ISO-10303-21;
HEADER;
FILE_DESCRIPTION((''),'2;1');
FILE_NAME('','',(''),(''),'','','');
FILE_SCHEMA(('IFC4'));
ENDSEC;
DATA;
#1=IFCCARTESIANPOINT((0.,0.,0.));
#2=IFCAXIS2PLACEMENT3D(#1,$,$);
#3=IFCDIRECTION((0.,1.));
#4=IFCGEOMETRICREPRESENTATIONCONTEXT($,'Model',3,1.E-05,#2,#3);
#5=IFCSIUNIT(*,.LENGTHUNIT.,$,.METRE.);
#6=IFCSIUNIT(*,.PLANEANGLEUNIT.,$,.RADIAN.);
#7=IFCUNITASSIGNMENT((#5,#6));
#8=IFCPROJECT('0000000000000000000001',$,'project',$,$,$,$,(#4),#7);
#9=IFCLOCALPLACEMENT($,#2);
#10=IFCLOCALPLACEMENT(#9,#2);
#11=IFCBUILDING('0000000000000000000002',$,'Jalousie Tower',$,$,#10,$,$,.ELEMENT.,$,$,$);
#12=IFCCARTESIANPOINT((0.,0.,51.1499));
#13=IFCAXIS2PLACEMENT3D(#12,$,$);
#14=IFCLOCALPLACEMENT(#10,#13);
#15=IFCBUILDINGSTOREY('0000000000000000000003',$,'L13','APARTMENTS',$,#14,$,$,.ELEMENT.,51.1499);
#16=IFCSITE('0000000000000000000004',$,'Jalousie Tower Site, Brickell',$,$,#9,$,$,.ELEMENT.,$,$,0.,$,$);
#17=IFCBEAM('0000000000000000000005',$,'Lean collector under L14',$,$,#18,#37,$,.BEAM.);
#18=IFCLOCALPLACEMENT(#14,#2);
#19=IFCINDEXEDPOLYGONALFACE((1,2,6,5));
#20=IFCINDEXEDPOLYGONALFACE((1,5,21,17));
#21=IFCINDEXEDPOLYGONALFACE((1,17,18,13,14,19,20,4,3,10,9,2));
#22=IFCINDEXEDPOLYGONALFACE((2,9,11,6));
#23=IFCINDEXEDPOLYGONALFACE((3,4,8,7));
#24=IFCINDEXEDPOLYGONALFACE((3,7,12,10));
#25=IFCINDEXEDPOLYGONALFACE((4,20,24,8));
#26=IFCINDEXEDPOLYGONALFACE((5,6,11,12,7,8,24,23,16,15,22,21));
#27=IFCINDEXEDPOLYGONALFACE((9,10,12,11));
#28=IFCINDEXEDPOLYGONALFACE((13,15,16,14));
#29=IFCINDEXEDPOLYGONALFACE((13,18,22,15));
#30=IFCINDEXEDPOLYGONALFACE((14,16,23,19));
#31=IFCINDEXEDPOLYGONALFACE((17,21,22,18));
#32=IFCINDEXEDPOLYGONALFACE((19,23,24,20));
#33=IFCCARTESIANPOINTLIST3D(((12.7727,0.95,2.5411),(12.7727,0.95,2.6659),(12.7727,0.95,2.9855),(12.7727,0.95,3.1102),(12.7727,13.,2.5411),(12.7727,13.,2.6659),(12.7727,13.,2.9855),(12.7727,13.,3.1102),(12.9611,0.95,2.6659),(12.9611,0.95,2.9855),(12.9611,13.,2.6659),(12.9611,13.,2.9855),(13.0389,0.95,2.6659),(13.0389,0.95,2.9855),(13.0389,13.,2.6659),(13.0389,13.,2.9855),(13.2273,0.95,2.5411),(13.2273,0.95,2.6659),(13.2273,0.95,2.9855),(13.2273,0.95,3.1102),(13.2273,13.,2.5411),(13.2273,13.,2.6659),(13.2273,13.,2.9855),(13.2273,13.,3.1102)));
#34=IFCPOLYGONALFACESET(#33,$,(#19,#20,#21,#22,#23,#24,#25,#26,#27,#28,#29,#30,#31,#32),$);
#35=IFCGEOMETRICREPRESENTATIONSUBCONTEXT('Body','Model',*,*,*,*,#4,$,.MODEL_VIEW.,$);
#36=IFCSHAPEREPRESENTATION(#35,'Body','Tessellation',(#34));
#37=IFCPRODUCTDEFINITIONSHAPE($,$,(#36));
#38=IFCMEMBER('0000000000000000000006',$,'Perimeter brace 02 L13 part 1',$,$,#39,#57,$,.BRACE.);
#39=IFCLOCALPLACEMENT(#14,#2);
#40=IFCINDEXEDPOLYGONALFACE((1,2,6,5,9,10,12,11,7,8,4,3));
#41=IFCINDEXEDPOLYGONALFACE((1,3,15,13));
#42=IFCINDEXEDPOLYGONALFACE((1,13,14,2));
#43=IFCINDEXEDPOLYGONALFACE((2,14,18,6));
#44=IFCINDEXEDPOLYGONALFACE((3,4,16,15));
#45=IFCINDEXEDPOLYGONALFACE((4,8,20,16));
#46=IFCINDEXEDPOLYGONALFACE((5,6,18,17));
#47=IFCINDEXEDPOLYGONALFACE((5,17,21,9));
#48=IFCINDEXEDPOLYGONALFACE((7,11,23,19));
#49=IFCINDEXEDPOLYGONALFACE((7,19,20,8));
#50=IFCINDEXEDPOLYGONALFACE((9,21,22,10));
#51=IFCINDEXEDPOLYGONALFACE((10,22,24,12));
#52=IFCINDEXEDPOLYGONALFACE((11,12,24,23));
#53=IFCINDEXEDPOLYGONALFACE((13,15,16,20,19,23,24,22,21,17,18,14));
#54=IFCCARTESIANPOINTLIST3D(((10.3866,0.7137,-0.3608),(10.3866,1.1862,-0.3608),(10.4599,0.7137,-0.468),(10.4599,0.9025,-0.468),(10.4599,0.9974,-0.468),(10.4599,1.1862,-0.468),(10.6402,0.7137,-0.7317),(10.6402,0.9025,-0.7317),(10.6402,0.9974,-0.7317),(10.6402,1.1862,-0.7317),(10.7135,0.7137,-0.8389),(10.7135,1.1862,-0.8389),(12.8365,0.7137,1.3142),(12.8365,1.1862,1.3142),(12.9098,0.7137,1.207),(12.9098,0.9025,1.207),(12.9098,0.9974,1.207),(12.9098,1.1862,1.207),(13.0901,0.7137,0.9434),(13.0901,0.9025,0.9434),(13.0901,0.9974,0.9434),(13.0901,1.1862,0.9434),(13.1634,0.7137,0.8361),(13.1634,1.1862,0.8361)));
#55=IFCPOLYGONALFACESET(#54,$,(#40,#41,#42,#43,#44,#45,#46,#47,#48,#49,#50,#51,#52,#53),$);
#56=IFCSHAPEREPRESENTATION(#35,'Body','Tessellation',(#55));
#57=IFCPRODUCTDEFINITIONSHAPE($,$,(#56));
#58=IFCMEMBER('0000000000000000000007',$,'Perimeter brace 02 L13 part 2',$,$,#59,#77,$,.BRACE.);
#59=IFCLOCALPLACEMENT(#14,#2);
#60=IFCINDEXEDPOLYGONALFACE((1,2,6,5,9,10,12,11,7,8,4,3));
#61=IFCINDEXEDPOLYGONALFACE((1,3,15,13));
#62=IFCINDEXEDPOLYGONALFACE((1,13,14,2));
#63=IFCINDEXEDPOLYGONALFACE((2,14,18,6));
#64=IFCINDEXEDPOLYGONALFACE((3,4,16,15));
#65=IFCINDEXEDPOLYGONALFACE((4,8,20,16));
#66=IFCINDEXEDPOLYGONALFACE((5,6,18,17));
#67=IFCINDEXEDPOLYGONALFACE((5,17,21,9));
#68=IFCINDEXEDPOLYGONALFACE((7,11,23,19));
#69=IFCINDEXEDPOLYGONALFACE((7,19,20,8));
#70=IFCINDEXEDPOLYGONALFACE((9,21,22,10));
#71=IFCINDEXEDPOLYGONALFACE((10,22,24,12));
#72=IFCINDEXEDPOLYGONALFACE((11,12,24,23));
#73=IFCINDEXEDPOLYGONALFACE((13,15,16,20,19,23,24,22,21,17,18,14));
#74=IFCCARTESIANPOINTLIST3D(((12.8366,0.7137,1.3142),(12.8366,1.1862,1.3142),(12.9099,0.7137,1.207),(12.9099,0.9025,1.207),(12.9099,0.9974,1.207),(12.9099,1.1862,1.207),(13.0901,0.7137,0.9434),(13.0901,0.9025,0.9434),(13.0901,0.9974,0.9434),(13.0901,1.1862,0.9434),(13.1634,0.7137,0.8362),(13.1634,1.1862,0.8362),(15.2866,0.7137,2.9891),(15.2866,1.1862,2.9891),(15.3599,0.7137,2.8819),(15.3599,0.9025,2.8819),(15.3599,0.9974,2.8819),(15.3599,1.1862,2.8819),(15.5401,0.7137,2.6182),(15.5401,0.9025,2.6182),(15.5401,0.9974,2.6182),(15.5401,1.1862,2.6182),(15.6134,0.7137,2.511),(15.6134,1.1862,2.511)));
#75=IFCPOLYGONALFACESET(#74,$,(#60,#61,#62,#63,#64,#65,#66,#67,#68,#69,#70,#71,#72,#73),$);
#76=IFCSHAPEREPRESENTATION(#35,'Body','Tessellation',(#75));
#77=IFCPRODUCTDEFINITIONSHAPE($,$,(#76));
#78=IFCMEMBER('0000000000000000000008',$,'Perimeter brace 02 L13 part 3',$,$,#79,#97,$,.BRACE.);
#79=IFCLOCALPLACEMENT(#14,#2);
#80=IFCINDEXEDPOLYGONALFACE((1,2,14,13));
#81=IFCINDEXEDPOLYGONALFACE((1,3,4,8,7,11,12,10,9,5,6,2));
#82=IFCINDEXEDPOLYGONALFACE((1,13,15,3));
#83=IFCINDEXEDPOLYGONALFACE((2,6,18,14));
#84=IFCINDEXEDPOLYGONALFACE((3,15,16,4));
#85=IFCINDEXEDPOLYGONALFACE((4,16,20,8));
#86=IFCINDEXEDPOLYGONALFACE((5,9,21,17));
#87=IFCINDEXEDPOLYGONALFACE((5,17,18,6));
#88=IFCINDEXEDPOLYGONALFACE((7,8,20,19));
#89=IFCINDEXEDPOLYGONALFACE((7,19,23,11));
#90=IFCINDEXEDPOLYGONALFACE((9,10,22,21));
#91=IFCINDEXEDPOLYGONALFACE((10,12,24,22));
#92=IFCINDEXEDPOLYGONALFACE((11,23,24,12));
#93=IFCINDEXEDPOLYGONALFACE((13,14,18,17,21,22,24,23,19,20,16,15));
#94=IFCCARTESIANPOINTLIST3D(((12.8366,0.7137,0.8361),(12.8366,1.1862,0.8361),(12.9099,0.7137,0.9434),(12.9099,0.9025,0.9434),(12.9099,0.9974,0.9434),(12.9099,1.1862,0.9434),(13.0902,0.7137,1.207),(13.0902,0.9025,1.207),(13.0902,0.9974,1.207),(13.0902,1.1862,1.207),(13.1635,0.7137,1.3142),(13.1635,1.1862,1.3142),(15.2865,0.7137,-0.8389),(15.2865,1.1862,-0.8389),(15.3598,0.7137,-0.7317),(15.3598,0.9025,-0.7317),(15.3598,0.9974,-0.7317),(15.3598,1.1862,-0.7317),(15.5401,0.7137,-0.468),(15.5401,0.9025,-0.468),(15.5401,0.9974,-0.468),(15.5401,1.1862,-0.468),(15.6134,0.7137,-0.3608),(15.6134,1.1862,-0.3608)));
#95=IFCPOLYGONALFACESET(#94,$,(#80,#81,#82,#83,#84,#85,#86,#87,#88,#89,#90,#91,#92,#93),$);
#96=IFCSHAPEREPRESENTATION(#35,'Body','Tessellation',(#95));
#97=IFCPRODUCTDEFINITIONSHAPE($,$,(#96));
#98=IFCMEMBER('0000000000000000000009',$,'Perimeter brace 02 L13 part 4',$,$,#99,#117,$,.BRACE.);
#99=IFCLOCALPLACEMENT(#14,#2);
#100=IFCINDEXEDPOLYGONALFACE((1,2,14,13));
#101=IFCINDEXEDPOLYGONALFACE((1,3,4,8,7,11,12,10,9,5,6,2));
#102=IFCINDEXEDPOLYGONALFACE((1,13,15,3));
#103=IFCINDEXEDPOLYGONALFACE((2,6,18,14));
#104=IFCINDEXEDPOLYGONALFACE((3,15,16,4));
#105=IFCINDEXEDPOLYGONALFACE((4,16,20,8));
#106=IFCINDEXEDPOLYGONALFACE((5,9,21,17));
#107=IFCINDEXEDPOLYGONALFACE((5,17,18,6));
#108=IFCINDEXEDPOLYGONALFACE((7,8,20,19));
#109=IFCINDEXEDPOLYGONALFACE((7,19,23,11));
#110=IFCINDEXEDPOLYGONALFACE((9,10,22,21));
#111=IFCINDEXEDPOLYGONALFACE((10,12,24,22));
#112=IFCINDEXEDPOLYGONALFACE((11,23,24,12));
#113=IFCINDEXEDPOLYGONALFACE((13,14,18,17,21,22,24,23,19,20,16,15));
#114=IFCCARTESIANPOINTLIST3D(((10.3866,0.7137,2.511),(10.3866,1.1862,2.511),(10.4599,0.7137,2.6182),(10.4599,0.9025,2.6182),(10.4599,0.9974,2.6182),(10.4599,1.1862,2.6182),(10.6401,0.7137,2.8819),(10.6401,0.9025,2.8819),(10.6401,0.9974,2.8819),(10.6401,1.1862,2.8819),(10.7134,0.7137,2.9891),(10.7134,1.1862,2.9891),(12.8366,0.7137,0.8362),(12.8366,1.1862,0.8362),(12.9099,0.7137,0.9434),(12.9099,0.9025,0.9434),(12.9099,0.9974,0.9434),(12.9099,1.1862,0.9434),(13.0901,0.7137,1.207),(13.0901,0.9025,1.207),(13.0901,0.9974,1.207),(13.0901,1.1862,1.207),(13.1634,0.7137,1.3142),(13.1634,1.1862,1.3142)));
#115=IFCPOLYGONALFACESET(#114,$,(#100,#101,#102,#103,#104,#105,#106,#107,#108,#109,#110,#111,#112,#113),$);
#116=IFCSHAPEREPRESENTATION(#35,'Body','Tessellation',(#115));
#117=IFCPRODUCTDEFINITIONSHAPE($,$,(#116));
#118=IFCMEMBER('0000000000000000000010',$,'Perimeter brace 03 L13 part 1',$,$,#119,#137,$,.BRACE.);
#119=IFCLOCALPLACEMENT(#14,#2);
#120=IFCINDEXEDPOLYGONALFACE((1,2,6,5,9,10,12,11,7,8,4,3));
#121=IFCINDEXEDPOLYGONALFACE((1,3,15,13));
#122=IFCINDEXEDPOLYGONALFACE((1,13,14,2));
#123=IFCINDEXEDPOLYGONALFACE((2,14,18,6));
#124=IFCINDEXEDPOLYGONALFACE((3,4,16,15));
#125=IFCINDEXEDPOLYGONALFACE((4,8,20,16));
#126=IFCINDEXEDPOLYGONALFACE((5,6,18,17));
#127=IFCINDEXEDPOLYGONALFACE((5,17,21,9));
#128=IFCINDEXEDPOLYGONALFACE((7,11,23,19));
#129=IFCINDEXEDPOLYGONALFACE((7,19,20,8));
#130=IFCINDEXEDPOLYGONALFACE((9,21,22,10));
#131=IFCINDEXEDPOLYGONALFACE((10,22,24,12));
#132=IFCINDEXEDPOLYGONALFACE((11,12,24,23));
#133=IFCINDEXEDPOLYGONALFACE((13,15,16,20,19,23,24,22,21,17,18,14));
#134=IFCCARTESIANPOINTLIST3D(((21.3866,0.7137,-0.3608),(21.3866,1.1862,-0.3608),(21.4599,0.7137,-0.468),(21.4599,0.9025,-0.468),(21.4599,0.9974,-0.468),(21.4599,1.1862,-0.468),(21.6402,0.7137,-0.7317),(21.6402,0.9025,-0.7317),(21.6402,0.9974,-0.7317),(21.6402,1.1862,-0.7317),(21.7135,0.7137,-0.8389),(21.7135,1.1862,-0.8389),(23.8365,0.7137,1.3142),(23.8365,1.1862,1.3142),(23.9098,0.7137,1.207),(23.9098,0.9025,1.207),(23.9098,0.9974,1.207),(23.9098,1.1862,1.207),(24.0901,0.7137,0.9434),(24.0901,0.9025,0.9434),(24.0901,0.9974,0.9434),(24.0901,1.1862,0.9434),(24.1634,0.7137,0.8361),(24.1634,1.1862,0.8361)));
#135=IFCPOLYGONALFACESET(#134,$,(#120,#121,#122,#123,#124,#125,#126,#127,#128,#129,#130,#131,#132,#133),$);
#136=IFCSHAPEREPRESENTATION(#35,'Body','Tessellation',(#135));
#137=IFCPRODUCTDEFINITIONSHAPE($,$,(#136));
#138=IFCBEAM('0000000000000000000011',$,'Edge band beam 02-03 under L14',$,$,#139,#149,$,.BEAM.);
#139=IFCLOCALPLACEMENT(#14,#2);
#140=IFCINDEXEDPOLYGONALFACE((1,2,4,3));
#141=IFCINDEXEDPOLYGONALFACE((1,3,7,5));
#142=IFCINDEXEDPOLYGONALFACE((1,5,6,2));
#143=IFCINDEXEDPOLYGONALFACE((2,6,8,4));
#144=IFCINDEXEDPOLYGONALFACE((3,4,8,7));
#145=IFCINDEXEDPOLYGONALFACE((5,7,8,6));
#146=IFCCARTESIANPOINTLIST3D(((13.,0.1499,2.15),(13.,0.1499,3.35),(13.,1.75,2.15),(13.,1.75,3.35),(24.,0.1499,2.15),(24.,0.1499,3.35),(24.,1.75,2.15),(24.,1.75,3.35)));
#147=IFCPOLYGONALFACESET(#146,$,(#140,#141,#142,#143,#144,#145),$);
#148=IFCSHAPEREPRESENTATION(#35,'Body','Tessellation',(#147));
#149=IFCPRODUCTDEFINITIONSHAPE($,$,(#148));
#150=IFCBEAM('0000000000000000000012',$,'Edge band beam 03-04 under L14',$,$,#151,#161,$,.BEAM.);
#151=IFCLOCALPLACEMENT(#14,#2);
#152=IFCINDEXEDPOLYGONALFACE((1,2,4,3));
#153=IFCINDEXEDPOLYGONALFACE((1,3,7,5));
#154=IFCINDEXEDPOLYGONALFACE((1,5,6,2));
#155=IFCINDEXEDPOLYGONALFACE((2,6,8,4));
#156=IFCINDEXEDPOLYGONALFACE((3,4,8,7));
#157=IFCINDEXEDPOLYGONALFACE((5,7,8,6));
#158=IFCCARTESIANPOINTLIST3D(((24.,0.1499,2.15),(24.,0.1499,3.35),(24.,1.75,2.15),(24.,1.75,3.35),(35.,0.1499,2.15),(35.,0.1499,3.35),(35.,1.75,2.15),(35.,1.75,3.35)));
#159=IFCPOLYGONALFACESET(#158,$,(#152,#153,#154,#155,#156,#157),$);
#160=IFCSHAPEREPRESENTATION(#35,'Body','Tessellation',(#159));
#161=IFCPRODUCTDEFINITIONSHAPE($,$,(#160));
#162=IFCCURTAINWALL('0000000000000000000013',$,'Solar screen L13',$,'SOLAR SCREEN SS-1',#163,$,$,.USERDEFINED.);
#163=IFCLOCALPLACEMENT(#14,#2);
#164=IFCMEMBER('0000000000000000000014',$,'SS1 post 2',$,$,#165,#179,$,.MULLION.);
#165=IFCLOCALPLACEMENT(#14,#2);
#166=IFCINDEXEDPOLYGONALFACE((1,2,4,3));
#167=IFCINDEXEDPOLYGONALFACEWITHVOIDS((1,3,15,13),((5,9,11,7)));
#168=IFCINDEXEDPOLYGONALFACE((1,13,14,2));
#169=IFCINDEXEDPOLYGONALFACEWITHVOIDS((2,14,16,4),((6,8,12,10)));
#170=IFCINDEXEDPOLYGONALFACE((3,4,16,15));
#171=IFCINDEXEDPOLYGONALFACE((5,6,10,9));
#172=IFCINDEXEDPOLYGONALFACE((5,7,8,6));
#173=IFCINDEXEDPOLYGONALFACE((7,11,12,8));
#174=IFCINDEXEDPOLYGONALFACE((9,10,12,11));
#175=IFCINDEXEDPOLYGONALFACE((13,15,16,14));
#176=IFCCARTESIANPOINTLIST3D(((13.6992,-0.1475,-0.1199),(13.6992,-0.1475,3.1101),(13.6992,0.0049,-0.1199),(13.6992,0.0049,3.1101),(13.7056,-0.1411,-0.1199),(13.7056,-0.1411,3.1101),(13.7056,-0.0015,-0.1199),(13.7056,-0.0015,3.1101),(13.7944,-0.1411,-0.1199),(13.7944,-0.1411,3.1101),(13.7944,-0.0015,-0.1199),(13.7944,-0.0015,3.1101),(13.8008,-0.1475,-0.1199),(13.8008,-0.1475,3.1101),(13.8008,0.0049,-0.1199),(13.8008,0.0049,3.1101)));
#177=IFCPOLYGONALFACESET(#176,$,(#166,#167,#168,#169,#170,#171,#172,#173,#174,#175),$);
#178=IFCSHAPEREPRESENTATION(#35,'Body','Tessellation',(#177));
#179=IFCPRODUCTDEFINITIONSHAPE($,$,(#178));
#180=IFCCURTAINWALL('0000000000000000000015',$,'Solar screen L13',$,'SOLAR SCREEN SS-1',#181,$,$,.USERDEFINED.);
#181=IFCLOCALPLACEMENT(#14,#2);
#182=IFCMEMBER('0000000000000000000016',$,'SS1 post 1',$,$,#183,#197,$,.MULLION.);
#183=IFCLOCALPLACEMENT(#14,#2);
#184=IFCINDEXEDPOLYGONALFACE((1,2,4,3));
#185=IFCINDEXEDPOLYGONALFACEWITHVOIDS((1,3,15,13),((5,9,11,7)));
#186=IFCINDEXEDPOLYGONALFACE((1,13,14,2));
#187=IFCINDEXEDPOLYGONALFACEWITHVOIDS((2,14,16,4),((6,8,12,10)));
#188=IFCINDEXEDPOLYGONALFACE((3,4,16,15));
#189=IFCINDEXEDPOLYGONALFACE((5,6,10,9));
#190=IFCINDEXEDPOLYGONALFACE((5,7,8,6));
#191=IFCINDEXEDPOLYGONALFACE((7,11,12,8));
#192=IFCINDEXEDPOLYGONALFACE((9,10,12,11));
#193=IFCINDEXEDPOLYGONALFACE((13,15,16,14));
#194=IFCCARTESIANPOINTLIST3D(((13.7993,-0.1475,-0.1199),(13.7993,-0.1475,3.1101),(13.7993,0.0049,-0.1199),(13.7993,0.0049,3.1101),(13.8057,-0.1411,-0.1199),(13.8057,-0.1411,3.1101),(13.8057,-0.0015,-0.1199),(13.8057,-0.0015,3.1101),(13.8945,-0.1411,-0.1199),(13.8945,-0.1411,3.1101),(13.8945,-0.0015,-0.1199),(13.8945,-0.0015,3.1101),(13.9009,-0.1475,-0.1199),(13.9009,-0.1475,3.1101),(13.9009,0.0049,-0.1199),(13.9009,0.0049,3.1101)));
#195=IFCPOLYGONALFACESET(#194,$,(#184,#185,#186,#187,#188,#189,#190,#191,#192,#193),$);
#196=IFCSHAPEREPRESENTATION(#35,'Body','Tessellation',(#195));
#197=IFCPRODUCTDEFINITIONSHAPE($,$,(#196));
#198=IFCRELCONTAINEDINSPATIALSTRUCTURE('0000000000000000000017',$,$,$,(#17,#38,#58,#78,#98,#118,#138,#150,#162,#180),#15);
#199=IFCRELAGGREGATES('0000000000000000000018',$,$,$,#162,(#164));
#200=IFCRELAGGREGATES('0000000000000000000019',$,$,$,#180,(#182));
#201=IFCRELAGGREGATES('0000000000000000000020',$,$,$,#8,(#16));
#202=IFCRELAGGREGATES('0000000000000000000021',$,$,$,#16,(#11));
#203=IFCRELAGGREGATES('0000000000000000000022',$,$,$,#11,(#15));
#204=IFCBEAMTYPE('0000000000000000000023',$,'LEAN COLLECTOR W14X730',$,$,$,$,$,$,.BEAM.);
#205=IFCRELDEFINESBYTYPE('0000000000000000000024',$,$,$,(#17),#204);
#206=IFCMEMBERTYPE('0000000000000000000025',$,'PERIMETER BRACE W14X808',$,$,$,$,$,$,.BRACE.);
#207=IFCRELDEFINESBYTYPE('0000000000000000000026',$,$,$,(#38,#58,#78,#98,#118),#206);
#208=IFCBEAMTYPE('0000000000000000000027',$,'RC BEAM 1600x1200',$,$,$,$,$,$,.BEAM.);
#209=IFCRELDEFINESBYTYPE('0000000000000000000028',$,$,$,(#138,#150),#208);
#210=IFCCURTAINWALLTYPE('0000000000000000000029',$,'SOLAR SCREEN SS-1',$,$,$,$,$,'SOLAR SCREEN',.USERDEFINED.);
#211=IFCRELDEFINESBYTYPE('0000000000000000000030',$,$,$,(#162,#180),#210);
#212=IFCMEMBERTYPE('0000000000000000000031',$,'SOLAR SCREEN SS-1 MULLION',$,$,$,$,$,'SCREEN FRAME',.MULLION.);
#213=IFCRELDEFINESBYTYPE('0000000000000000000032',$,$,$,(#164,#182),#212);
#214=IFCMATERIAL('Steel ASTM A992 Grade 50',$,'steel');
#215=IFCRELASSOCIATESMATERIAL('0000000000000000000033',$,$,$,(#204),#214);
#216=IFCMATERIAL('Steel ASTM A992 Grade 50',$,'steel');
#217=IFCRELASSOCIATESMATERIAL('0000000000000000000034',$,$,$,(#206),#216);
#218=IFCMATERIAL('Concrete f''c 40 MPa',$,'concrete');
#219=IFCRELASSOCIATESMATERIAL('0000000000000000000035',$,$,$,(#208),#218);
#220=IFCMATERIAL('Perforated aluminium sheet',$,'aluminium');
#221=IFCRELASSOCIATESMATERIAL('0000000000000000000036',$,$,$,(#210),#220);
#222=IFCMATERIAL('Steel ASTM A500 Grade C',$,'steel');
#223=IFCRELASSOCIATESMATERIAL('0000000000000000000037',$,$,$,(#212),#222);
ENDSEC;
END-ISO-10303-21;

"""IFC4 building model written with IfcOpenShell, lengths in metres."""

from ifc_helpers import new_model, si_unit, direction, frame, origin, origin_2d, place, context, subcontext, project, spatial, rectangle, hollow_rectangle, i_section, extrude, material, material_profile, profile_set, type_object, element, aggregate, save


model = new_model("IFC4")

# Units and contexts
model_context = context("Model", 3, precision=1e-05, world=origin(), true_north=direction((0.0, 1.0)))
body_context = subcontext(model_context, "Body", "Model", "MODEL_VIEW")
ifc_project = project(units=[si_unit("LENGTHUNIT", "METRE"), si_unit("PLANEANGLEUNIT", "RADIAN")], contexts=[model_context])

# Site, building, storey
site_placement = place(None, origin())
site = spatial("IfcSite", under=ifc_project, at=site_placement, Name="Jalousie Tower Site, Brickell", CompositionType="ELEMENT", RefElevation=0.0)
building_placement = place(site_placement, origin())
building = spatial("IfcBuilding", under=site, at=building_placement, Name="Jalousie Tower", CompositionType="ELEMENT")
storey_placement = place(building_placement, frame((0.0, 0.0, 51.1499)))
storey = spatial("IfcBuildingStorey", under=building, at=storey_placement, Name="L13", Description="APARTMENTS", CompositionType="ELEMENT", Elevation=51.1499)

# Beam
ifc_material_1 = material(Name="Steel ASTM A992 Grade 50", Category="steel")
ifc_material_profile_1 = material_profile(ifc_material_1, i_section(OverallWidth=0.4546, OverallDepth=0.5691, WebThickness=0.0779, FlangeThickness=0.1248, at=origin_2d()), Name="W14X730")
ifc_profile_set_1 = profile_set([ifc_material_profile_1], Name="Steel ASTM A992 Grade 50")
beam_type_1 = type_object("IfcBeamType", Name="LEAN COLLECTOR W14X730", PredefinedType="BEAM", material=ifc_profile_set_1)
beam_placement = place(storey_placement, frame((13.0, 0.95, 2.8257), z_axis=(0.0, 1.0, 0.0), x_axis=(-1.0, 0.0, 0.0)))
element("IfcBeam", 1, at=beam_placement, inside=storey, type_object=beam_type_1, Name="Lean collector under L14", PredefinedType="BEAM", context=body_context, shape_type="SweptSolid", body=[
    extrude(i_section(OverallWidth=0.4546, OverallDepth=0.5691, WebThickness=0.0779, FlangeThickness=0.1248, at=origin_2d()), origin(), (0.0, 0.0, 1.0), 12.05),
])

# Members
ifc_material_2 = material(Name="Steel ASTM A992 Grade 50", Category="steel")
ifc_material_profile_2 = material_profile(ifc_material_2, i_section(OverallWidth=0.4724, OverallDepth=0.5791, WebThickness=0.095, FlangeThickness=0.1299, at=origin_2d()), Name="W14X808")
ifc_profile_set_2 = profile_set([ifc_material_profile_2], Name="Steel ASTM A992 Grade 50")
member_type_1 = type_object("IfcMemberType", Name="PERIMETER BRACE W14X808", PredefinedType="BRACE", material=ifc_profile_set_2)
for number, where, z_axis, x_axis, name in (
    (2, (10.55, 0.95, -0.5999), (0.825501, 0.0, 0.564401), (0.0, 1.0, 0.0), "Perimeter brace 02 L13 part 1"),
    (3, (13.0, 0.95, 1.0752), (0.825539, 0.0, 0.564345), (0.0, 1.0, 0.0), "Perimeter brace 02 L13 part 2"),
    (4, (15.45, 0.95, -0.5999), (-0.825501, 0.0, 0.564401), (0.0, -1.0, 0.0), "Perimeter brace 02 L13 part 3"),
    (5, (13.0, 0.95, 1.0752), (-0.825539, 0.0, 0.564345), (0.0, -1.0, 0.0), "Perimeter brace 02 L13 part 4"),
    (6, (21.55, 0.95, -0.5999), (0.825501, 0.0, 0.564401), (0.0, 1.0, 0.0), "Perimeter brace 03 L13 part 1"),
):
    element("IfcMember", number, at=place(storey_placement, frame(where, z_axis=z_axis, x_axis=x_axis)), inside=storey, type_object=member_type_1, Name=name, PredefinedType="BRACE", context=body_context, shape_type="SweptSolid", body=[
        extrude(i_section(OverallWidth=0.4724, OverallDepth=0.5791, WebThickness=0.095, FlangeThickness=0.1299, at=origin_2d()), origin(), (0.0, 0.0, 1.0), 2.9678),
    ])

# Beams
ifc_material_3 = material(Name="Concrete f'c 40 MPa", Category="concrete")
ifc_material_profile_3 = material_profile(ifc_material_3, rectangle(XDim=1.6001, YDim=1.2, at=origin_2d()), Name="RC 1600x1200")
ifc_profile_set_3 = profile_set([ifc_material_profile_3], Name="Concrete f'c 40 MPa")
beam_type_2 = type_object("IfcBeamType", Name="RC BEAM 1600x1200", PredefinedType="BEAM", material=ifc_profile_set_3)
for number, where, z_axis, x_axis, name in (
    (7, (13.0, 0.95, 2.75), (1.0, 0.0, 0.0), (0.0, 1.0, 0.0), "Edge band beam 02-03 under L14"),
    (8, (24.0, 0.95, 2.75), (1.0, 0.0, 0.0), (0.0, 1.0, 0.0), "Edge band beam 03-04 under L14"),
):
    element("IfcBeam", number, at=place(storey_placement, frame(where, z_axis=z_axis, x_axis=x_axis)), inside=storey, type_object=beam_type_2, Name=name, PredefinedType="BEAM", context=body_context, shape_type="SweptSolid", body=[
        extrude(rectangle(XDim=1.6001, YDim=1.2, at=origin_2d()), origin(), (0.0, 0.0, 1.0), 11.0),
    ])

# Curtain wall, member
ifc_material_4 = material(Name="Perforated aluminium sheet", Category="aluminium")
curtain_wall_type = type_object("IfcCurtainWallType", Name="SOLAR SCREEN SS-1", ElementType="SOLAR SCREEN", PredefinedType="USERDEFINED", material=ifc_material_4)
curtain_wall_1_placement = place(storey_placement, origin())
curtain_wall_1 = element("IfcCurtainWall", 9, at=curtain_wall_1_placement, inside=storey, type_object=curtain_wall_type, Name="Solar screen L13", ObjectType="SOLAR SCREEN SS-1", PredefinedType="USERDEFINED")
ifc_material_5 = material(Name="Steel ASTM A500 Grade C", Category="steel")
ifc_material_profile_4 = material_profile(ifc_material_5, hollow_rectangle(XDim=0.1016, YDim=0.1523, WallThickness=0.0063, at=origin_2d()), Name="HSS6X4X1/4")
ifc_profile_set_4 = profile_set([ifc_material_profile_4], Name="Steel ASTM A500 Grade C")
member_type_2 = type_object("IfcMemberType", Name="SOLAR SCREEN SS-1 MULLION", ElementType="SCREEN FRAME", PredefinedType="MULLION", material=ifc_profile_set_4)
member_1_placement = place(storey_placement, frame((13.75, -0.0713, -0.1199), z_axis=(0.0, 0.0, 1.0), x_axis=(1.0, 0.0, 0.0)))
member_1 = element("IfcMember", 10, at=member_1_placement, type_object=member_type_2, Name="SS1 post 2", PredefinedType="MULLION", context=body_context, shape_type="SweptSolid", body=[
    extrude(hollow_rectangle(XDim=0.1016, YDim=0.1523, WallThickness=0.0063, at=origin_2d()), origin(), (0.0, 0.0, 1.0), 3.23),
])
aggregate(curtain_wall_1, [member_1])

# Curtain wall, member
curtain_wall_2_placement = place(storey_placement, origin())
curtain_wall_2 = element("IfcCurtainWall", 11, at=curtain_wall_2_placement, inside=storey, type_object=curtain_wall_type, Name="Solar screen L13", ObjectType="SOLAR SCREEN SS-1", PredefinedType="USERDEFINED")
member_2_placement = place(storey_placement, frame((13.8501, -0.0713, -0.1199), z_axis=(0.0, 0.0, 1.0), x_axis=(1.0, 0.0, 0.0)))
member_2 = element("IfcMember", 12, at=member_2_placement, type_object=member_type_2, Name="SS1 post 1", PredefinedType="MULLION", context=body_context, shape_type="SweptSolid", body=[
    extrude(hollow_rectangle(XDim=0.1016, YDim=0.1523, WallThickness=0.0063, at=origin_2d()), origin(), (0.0, 0.0, 1.0), 3.23),
])

aggregate(curtain_wall_2, [member_2])

save(model, "model.ifc")
